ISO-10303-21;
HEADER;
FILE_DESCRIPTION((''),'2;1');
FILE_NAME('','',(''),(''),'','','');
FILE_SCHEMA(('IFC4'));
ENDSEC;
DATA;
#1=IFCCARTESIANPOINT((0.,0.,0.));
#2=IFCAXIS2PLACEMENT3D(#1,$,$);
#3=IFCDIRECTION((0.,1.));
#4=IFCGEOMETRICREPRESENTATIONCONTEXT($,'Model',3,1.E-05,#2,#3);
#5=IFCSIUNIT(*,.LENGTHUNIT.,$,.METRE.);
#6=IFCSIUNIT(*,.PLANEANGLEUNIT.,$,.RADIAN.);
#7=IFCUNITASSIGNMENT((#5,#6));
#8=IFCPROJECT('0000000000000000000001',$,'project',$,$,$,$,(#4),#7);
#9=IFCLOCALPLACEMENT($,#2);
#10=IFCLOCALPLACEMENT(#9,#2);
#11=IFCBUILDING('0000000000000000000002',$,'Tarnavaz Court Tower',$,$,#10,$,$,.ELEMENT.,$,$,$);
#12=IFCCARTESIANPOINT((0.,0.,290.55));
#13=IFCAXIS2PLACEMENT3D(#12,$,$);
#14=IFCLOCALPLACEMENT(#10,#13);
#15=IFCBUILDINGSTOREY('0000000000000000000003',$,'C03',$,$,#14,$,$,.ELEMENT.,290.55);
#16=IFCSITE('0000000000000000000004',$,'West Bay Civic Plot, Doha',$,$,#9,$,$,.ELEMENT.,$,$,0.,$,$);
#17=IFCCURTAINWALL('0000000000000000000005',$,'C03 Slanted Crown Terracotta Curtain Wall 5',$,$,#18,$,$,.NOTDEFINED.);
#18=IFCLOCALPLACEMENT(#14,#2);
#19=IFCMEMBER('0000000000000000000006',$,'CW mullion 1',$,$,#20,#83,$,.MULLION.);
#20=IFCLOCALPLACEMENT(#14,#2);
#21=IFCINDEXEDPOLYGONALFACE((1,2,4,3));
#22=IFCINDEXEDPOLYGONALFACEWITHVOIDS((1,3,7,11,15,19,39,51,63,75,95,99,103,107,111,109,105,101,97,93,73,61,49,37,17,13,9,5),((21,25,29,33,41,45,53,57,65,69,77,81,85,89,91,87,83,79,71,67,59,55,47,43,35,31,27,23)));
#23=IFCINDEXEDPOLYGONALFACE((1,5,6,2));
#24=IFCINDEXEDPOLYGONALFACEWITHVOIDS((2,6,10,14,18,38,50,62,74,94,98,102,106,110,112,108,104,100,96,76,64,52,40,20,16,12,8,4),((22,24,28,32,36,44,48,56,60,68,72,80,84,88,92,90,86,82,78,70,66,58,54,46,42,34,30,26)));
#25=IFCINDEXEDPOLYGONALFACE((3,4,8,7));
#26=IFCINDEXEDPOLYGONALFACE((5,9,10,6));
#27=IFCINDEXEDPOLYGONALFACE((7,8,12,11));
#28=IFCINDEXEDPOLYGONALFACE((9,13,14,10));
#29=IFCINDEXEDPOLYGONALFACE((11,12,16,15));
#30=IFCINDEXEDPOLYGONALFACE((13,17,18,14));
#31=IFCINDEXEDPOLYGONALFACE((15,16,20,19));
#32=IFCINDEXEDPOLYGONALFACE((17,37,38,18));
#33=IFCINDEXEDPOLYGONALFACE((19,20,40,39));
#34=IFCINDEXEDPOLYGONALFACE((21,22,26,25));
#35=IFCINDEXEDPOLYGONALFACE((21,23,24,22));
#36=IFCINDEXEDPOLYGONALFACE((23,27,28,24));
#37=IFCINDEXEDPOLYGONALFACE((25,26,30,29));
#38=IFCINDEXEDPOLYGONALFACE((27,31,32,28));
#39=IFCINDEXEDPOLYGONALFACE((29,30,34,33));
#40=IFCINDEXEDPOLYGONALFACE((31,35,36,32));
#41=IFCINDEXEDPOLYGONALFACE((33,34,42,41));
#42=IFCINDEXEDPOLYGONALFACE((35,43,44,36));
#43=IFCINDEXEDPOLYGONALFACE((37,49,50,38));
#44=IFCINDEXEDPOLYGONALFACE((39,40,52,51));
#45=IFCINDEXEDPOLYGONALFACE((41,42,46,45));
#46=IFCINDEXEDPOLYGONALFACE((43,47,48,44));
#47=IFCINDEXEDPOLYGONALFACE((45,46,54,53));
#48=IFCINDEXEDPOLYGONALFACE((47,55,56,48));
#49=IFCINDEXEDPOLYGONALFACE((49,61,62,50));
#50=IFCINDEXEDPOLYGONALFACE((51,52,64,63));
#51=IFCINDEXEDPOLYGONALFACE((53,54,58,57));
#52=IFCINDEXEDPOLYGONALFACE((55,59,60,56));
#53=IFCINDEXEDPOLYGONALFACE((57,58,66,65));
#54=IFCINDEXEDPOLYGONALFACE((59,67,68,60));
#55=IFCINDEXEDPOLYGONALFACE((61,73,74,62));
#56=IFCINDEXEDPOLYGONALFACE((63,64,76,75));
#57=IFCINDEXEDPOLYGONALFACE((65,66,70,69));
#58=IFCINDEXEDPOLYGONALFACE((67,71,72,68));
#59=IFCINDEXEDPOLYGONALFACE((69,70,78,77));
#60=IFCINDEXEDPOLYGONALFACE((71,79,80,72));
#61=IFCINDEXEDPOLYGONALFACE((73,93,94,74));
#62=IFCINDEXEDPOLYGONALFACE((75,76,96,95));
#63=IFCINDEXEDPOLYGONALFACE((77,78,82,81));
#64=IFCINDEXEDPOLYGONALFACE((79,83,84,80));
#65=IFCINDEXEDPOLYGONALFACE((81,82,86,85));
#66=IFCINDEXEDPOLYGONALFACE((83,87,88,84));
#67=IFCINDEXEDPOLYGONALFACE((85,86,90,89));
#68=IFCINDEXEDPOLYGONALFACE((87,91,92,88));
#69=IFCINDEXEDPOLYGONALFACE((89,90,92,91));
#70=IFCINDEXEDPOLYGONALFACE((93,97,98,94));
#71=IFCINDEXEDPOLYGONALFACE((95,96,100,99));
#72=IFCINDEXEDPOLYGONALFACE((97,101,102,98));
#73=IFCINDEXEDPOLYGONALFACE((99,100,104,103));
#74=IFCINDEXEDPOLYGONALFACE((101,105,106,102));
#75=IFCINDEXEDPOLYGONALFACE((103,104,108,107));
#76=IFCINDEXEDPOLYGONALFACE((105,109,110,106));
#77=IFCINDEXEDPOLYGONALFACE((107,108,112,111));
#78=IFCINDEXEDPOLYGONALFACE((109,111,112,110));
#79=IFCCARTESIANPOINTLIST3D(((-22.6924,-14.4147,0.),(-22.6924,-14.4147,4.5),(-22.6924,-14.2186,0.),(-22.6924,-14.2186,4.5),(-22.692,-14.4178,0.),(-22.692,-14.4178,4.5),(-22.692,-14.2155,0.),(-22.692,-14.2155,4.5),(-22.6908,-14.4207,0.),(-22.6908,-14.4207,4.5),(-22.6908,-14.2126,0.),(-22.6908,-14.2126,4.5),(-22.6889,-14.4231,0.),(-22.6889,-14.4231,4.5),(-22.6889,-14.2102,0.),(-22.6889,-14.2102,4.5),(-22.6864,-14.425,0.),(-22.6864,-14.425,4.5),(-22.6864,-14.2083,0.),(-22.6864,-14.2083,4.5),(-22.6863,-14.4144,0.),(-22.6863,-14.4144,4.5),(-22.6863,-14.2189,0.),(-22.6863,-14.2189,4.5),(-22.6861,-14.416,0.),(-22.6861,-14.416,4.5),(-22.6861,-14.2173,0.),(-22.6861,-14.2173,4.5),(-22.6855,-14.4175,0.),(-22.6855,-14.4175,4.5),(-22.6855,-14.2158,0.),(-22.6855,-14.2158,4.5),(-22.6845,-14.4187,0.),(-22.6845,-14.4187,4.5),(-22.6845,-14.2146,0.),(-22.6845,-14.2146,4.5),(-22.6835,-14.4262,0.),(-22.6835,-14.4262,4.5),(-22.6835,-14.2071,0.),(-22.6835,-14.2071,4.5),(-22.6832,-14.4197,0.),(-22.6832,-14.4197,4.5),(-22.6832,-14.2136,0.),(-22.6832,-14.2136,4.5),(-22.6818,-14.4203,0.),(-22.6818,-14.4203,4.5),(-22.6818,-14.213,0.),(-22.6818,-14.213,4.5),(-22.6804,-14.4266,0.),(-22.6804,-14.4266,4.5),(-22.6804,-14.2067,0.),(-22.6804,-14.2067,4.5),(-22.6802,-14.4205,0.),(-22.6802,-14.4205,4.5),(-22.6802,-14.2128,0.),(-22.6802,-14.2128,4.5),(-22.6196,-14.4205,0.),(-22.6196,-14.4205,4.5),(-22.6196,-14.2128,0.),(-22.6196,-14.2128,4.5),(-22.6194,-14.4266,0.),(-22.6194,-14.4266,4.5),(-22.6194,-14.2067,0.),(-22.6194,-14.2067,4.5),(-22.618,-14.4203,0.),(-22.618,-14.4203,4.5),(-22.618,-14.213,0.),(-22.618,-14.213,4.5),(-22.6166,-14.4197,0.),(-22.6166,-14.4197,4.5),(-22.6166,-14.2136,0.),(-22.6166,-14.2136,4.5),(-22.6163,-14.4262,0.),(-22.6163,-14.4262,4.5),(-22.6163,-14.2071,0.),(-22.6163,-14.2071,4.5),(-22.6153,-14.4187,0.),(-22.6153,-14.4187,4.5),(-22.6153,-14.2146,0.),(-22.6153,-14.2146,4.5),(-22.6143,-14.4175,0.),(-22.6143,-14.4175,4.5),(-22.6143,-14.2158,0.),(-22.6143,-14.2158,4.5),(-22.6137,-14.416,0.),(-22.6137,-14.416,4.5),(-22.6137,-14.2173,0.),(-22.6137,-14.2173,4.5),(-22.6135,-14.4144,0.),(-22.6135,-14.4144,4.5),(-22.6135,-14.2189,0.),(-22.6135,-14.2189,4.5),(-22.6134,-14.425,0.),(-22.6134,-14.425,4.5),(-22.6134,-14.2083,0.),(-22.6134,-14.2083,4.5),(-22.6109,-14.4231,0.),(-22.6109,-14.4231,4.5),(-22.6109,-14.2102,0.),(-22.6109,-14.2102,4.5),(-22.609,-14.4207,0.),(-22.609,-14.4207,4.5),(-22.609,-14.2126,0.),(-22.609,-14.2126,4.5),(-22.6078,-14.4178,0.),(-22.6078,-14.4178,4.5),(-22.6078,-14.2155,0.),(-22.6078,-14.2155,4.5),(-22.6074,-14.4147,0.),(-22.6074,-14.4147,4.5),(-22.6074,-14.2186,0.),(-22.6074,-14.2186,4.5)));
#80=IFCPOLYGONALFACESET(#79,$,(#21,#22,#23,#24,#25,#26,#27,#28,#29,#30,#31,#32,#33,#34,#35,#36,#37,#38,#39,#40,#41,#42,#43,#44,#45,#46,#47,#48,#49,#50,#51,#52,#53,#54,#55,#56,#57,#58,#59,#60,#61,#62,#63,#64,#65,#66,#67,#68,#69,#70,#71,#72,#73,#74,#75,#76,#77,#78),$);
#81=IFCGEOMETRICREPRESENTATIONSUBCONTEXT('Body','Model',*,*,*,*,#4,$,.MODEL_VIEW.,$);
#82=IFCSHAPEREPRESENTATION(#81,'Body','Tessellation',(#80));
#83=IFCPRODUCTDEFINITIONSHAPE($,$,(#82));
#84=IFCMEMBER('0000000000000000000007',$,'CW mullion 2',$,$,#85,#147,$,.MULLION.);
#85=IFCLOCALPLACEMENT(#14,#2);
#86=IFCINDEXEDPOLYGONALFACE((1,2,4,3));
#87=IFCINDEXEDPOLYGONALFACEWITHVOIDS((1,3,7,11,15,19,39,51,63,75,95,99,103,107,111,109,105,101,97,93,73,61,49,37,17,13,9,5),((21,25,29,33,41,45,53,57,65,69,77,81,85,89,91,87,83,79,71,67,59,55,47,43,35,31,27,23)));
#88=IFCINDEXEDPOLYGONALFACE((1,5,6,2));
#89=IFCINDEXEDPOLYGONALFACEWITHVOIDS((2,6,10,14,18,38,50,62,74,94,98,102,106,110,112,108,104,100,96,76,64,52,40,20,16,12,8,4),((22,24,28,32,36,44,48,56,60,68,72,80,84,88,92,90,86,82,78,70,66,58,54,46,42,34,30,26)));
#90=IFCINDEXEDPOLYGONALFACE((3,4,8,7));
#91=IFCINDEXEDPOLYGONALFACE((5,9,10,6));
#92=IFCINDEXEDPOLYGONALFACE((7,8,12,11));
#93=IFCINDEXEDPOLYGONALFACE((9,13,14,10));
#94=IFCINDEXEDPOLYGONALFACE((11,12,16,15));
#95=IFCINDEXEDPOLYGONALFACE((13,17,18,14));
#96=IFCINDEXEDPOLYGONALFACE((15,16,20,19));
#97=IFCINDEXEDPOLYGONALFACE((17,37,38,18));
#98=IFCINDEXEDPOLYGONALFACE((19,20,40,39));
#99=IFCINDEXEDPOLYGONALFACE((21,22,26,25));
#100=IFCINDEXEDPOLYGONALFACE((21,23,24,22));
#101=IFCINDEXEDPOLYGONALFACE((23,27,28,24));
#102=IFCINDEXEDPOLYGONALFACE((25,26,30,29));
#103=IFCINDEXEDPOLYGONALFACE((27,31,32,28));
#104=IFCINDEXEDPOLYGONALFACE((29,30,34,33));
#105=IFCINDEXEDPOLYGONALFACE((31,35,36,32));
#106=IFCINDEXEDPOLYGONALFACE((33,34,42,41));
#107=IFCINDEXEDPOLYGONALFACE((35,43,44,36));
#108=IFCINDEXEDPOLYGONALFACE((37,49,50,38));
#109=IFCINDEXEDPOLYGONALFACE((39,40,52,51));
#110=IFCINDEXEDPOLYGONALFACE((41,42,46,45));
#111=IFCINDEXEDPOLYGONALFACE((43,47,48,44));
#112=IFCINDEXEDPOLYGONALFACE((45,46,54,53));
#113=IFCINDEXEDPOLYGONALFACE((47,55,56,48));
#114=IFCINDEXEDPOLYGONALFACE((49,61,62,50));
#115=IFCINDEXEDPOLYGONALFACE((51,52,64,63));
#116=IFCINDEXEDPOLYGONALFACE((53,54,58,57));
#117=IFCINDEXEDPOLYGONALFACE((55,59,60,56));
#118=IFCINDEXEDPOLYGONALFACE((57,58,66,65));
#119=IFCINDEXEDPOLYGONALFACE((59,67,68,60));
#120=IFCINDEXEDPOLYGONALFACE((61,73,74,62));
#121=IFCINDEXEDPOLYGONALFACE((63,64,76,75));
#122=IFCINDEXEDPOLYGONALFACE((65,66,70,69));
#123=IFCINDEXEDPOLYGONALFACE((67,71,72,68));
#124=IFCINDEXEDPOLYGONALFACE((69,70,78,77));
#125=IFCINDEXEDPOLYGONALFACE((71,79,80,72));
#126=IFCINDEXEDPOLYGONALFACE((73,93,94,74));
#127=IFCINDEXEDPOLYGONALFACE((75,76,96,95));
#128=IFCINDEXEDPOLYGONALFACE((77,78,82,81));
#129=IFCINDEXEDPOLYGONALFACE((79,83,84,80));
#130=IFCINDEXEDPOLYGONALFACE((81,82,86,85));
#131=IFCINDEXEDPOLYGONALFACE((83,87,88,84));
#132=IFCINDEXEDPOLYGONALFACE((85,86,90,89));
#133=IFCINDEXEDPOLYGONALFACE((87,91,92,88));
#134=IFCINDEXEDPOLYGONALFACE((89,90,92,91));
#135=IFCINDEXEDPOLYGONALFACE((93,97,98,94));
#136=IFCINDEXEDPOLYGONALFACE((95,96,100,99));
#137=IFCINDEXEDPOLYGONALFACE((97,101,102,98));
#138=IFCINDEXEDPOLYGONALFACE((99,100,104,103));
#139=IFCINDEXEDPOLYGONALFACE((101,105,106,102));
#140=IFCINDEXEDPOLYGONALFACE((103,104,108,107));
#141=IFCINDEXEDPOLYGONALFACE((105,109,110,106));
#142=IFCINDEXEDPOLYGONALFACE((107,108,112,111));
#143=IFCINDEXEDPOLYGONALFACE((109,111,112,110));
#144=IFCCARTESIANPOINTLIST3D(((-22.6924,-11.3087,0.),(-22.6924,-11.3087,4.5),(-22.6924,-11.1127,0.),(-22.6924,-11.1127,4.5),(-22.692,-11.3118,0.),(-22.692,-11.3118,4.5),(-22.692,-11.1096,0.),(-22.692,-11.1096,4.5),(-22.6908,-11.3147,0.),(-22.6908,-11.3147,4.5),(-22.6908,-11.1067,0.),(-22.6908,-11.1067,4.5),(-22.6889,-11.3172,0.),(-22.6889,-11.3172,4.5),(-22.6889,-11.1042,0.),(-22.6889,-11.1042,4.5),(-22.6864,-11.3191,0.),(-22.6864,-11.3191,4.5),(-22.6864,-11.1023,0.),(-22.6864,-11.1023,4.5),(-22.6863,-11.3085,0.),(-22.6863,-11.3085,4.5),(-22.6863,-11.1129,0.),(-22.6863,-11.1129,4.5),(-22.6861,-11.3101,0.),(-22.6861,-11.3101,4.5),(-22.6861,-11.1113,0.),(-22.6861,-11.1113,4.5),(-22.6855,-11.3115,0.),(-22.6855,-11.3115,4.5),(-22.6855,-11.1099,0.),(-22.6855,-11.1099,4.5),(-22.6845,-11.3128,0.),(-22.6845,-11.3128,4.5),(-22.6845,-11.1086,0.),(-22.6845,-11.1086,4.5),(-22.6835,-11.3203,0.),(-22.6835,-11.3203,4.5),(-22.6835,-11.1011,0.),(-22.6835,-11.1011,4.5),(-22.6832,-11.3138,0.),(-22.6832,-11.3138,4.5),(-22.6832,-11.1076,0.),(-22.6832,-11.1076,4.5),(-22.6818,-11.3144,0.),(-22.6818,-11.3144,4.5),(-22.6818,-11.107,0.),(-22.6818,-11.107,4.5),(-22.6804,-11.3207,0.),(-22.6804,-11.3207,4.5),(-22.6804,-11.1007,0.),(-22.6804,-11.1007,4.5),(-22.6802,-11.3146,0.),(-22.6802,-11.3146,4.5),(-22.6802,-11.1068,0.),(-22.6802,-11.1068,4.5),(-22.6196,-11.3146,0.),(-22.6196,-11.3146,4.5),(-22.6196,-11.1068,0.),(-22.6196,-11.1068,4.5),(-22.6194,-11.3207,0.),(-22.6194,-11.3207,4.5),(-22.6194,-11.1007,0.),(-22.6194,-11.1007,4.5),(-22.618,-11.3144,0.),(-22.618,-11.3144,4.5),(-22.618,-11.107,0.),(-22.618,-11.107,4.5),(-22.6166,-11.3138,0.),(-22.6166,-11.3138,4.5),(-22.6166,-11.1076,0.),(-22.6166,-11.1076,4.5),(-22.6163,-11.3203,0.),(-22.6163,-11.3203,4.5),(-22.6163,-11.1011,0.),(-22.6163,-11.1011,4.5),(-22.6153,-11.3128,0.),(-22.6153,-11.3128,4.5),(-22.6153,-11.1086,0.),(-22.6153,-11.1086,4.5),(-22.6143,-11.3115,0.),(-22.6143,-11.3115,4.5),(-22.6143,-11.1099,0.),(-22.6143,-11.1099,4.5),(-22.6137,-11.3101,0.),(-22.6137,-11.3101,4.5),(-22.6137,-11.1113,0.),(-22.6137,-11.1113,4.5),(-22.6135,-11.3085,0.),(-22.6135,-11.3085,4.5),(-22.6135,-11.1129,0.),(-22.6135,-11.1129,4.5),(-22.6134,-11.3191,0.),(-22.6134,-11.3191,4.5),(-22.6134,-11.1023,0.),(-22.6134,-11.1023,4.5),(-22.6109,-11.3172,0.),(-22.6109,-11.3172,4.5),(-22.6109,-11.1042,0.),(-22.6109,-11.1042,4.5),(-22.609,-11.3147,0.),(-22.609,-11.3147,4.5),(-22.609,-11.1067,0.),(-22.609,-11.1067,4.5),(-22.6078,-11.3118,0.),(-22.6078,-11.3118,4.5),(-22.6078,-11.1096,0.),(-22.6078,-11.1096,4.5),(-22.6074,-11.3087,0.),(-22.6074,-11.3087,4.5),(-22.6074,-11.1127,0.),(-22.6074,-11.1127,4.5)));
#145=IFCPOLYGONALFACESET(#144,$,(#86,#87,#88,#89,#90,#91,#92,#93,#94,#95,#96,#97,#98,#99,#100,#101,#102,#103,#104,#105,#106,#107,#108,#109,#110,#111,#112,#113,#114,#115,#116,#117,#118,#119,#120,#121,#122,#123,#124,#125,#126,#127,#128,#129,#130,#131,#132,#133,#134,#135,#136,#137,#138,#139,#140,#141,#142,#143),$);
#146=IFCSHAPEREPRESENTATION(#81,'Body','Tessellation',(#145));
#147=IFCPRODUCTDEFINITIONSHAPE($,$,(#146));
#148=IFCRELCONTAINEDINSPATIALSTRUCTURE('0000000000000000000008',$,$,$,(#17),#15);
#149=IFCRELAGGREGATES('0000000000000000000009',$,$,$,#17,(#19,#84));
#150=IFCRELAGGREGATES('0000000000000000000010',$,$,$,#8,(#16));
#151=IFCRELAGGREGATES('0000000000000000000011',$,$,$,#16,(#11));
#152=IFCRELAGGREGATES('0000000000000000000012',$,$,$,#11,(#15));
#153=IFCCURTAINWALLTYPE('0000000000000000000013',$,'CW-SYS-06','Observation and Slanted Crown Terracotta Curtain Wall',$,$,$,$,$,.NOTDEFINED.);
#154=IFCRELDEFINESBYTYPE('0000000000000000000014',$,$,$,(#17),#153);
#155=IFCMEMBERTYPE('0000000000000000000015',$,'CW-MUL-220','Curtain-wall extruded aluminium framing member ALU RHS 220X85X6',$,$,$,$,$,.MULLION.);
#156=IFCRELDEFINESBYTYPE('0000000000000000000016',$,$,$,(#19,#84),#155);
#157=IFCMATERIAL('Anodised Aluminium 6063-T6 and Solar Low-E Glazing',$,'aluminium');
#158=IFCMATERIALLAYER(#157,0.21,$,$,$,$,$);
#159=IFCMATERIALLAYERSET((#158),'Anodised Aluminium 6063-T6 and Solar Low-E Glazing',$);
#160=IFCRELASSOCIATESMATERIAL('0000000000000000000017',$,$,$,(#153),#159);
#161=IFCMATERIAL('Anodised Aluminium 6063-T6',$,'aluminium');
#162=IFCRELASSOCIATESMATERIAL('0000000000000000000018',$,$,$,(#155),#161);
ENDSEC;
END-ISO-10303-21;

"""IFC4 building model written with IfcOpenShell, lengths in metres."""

from ifc_helpers import new_model, si_unit, direction, frame, origin, origin_2d, place, context, subcontext, project, spatial, hollow_rectangle, extrude, material, layer, layer_set, material_profile, profile_set, type_object, element, aggregate, save


model = new_model("IFC4")

# Units and contexts
model_context = context("Model", 3, precision=1e-05, world=origin(), true_north=direction((0.0, 1.0)))
body_context = subcontext(model_context, "Body", "Model", "MODEL_VIEW")
ifc_project = project(units=[si_unit("LENGTHUNIT", "METRE"), si_unit("PLANEANGLEUNIT", "RADIAN")], contexts=[model_context])

# Site, building, storey
site_placement = place(None, origin())
site = spatial("IfcSite", under=ifc_project, at=site_placement, Name="West Bay Civic Plot, Doha", CompositionType="ELEMENT", RefElevation=0.0)
building_placement = place(site_placement, origin())
building = spatial("IfcBuilding", under=site, at=building_placement, Name="Tarnavaz Court Tower", CompositionType="ELEMENT")
storey_placement = place(building_placement, frame((0.0, 0.0, 290.55)))
storey = spatial("IfcBuildingStorey", under=building, at=storey_placement, Name="C03", CompositionType="ELEMENT", Elevation=290.55)

# Curtain wall, members
ifc_material_1 = material(Name="Anodised Aluminium 6063-T6 and Solar Low-E Glazing", Category="aluminium")
ifc_layer_1 = layer(ifc_material_1, 0.21)
ifc_layer_set_1 = layer_set([ifc_layer_1], Name="Anodised Aluminium 6063-T6 and Solar Low-E Glazing")
curtain_wall_type = type_object("IfcCurtainWallType", Name="CW-SYS-06", Description="Observation and Slanted Crown Terracotta Curtain Wall", PredefinedType="NOTDEFINED", material=ifc_layer_set_1)
curtain_wall_1_placement = place(storey_placement, origin())
curtain_wall_1 = element("IfcCurtainWall", 1, at=curtain_wall_1_placement, inside=storey, type_object=curtain_wall_type, Name="C03 Slanted Crown Terracotta Curtain Wall 5", PredefinedType="NOTDEFINED")
ifc_material_2 = material(Name="Anodised Aluminium 6063-T6", Category="aluminium")
ifc_material_profile_1 = material_profile(ifc_material_2, hollow_rectangle(XDim=0.085, YDim=0.22, WallThickness=0.0061, InnerFilletRadius=0.0061, OuterFilletRadius=0.012, at=origin_2d()), Name="ALU RHS 220X85X6")
ifc_profile_set_1 = profile_set([ifc_material_profile_1], Name="Anodised Aluminium 6063-T6")
member_type_1 = type_object("IfcMemberType", Name="CW-MUL-220", Description="Curtain-wall extruded aluminium framing member ALU RHS 220X85X6", PredefinedType="MULLION", material=ifc_profile_set_1)
member_1_placement = place(storey_placement, frame((-22.6499, -14.3167, 0.0), z_axis=(0.0, 0.0, 1.0), x_axis=(-1.0, 0.0, 0.0)))
member_1 = element("IfcMember", 2, at=member_1_placement, type_object=member_type_1, Name="CW mullion 1", PredefinedType="MULLION", context=body_context, shape_type="SweptSolid", body=[
    extrude(hollow_rectangle(XDim=0.085, YDim=0.22, WallThickness=0.0061, InnerFilletRadius=0.0061, OuterFilletRadius=0.012, at=origin_2d()), origin(), (0.0, 0.0, 1.0), 4.5),
])
member_2_placement = place(storey_placement, frame((-22.6499, -11.2107, 0.0), z_axis=(0.0, 0.0, 1.0), x_axis=(-1.0, 0.0, 0.0)))
member_2 = element("IfcMember", 3, at=member_2_placement, type_object=member_type_1, Name="CW mullion 2", PredefinedType="MULLION", context=body_context, shape_type="SweptSolid", body=[
    extrude(hollow_rectangle(XDim=0.085, YDim=0.22, WallThickness=0.0061, InnerFilletRadius=0.0061, OuterFilletRadius=0.012, at=origin_2d()), origin(), (0.0, 0.0, 1.0), 4.5),
])

aggregate(curtain_wall_1, [member_1, member_2])

save(model, "model.ifc")
